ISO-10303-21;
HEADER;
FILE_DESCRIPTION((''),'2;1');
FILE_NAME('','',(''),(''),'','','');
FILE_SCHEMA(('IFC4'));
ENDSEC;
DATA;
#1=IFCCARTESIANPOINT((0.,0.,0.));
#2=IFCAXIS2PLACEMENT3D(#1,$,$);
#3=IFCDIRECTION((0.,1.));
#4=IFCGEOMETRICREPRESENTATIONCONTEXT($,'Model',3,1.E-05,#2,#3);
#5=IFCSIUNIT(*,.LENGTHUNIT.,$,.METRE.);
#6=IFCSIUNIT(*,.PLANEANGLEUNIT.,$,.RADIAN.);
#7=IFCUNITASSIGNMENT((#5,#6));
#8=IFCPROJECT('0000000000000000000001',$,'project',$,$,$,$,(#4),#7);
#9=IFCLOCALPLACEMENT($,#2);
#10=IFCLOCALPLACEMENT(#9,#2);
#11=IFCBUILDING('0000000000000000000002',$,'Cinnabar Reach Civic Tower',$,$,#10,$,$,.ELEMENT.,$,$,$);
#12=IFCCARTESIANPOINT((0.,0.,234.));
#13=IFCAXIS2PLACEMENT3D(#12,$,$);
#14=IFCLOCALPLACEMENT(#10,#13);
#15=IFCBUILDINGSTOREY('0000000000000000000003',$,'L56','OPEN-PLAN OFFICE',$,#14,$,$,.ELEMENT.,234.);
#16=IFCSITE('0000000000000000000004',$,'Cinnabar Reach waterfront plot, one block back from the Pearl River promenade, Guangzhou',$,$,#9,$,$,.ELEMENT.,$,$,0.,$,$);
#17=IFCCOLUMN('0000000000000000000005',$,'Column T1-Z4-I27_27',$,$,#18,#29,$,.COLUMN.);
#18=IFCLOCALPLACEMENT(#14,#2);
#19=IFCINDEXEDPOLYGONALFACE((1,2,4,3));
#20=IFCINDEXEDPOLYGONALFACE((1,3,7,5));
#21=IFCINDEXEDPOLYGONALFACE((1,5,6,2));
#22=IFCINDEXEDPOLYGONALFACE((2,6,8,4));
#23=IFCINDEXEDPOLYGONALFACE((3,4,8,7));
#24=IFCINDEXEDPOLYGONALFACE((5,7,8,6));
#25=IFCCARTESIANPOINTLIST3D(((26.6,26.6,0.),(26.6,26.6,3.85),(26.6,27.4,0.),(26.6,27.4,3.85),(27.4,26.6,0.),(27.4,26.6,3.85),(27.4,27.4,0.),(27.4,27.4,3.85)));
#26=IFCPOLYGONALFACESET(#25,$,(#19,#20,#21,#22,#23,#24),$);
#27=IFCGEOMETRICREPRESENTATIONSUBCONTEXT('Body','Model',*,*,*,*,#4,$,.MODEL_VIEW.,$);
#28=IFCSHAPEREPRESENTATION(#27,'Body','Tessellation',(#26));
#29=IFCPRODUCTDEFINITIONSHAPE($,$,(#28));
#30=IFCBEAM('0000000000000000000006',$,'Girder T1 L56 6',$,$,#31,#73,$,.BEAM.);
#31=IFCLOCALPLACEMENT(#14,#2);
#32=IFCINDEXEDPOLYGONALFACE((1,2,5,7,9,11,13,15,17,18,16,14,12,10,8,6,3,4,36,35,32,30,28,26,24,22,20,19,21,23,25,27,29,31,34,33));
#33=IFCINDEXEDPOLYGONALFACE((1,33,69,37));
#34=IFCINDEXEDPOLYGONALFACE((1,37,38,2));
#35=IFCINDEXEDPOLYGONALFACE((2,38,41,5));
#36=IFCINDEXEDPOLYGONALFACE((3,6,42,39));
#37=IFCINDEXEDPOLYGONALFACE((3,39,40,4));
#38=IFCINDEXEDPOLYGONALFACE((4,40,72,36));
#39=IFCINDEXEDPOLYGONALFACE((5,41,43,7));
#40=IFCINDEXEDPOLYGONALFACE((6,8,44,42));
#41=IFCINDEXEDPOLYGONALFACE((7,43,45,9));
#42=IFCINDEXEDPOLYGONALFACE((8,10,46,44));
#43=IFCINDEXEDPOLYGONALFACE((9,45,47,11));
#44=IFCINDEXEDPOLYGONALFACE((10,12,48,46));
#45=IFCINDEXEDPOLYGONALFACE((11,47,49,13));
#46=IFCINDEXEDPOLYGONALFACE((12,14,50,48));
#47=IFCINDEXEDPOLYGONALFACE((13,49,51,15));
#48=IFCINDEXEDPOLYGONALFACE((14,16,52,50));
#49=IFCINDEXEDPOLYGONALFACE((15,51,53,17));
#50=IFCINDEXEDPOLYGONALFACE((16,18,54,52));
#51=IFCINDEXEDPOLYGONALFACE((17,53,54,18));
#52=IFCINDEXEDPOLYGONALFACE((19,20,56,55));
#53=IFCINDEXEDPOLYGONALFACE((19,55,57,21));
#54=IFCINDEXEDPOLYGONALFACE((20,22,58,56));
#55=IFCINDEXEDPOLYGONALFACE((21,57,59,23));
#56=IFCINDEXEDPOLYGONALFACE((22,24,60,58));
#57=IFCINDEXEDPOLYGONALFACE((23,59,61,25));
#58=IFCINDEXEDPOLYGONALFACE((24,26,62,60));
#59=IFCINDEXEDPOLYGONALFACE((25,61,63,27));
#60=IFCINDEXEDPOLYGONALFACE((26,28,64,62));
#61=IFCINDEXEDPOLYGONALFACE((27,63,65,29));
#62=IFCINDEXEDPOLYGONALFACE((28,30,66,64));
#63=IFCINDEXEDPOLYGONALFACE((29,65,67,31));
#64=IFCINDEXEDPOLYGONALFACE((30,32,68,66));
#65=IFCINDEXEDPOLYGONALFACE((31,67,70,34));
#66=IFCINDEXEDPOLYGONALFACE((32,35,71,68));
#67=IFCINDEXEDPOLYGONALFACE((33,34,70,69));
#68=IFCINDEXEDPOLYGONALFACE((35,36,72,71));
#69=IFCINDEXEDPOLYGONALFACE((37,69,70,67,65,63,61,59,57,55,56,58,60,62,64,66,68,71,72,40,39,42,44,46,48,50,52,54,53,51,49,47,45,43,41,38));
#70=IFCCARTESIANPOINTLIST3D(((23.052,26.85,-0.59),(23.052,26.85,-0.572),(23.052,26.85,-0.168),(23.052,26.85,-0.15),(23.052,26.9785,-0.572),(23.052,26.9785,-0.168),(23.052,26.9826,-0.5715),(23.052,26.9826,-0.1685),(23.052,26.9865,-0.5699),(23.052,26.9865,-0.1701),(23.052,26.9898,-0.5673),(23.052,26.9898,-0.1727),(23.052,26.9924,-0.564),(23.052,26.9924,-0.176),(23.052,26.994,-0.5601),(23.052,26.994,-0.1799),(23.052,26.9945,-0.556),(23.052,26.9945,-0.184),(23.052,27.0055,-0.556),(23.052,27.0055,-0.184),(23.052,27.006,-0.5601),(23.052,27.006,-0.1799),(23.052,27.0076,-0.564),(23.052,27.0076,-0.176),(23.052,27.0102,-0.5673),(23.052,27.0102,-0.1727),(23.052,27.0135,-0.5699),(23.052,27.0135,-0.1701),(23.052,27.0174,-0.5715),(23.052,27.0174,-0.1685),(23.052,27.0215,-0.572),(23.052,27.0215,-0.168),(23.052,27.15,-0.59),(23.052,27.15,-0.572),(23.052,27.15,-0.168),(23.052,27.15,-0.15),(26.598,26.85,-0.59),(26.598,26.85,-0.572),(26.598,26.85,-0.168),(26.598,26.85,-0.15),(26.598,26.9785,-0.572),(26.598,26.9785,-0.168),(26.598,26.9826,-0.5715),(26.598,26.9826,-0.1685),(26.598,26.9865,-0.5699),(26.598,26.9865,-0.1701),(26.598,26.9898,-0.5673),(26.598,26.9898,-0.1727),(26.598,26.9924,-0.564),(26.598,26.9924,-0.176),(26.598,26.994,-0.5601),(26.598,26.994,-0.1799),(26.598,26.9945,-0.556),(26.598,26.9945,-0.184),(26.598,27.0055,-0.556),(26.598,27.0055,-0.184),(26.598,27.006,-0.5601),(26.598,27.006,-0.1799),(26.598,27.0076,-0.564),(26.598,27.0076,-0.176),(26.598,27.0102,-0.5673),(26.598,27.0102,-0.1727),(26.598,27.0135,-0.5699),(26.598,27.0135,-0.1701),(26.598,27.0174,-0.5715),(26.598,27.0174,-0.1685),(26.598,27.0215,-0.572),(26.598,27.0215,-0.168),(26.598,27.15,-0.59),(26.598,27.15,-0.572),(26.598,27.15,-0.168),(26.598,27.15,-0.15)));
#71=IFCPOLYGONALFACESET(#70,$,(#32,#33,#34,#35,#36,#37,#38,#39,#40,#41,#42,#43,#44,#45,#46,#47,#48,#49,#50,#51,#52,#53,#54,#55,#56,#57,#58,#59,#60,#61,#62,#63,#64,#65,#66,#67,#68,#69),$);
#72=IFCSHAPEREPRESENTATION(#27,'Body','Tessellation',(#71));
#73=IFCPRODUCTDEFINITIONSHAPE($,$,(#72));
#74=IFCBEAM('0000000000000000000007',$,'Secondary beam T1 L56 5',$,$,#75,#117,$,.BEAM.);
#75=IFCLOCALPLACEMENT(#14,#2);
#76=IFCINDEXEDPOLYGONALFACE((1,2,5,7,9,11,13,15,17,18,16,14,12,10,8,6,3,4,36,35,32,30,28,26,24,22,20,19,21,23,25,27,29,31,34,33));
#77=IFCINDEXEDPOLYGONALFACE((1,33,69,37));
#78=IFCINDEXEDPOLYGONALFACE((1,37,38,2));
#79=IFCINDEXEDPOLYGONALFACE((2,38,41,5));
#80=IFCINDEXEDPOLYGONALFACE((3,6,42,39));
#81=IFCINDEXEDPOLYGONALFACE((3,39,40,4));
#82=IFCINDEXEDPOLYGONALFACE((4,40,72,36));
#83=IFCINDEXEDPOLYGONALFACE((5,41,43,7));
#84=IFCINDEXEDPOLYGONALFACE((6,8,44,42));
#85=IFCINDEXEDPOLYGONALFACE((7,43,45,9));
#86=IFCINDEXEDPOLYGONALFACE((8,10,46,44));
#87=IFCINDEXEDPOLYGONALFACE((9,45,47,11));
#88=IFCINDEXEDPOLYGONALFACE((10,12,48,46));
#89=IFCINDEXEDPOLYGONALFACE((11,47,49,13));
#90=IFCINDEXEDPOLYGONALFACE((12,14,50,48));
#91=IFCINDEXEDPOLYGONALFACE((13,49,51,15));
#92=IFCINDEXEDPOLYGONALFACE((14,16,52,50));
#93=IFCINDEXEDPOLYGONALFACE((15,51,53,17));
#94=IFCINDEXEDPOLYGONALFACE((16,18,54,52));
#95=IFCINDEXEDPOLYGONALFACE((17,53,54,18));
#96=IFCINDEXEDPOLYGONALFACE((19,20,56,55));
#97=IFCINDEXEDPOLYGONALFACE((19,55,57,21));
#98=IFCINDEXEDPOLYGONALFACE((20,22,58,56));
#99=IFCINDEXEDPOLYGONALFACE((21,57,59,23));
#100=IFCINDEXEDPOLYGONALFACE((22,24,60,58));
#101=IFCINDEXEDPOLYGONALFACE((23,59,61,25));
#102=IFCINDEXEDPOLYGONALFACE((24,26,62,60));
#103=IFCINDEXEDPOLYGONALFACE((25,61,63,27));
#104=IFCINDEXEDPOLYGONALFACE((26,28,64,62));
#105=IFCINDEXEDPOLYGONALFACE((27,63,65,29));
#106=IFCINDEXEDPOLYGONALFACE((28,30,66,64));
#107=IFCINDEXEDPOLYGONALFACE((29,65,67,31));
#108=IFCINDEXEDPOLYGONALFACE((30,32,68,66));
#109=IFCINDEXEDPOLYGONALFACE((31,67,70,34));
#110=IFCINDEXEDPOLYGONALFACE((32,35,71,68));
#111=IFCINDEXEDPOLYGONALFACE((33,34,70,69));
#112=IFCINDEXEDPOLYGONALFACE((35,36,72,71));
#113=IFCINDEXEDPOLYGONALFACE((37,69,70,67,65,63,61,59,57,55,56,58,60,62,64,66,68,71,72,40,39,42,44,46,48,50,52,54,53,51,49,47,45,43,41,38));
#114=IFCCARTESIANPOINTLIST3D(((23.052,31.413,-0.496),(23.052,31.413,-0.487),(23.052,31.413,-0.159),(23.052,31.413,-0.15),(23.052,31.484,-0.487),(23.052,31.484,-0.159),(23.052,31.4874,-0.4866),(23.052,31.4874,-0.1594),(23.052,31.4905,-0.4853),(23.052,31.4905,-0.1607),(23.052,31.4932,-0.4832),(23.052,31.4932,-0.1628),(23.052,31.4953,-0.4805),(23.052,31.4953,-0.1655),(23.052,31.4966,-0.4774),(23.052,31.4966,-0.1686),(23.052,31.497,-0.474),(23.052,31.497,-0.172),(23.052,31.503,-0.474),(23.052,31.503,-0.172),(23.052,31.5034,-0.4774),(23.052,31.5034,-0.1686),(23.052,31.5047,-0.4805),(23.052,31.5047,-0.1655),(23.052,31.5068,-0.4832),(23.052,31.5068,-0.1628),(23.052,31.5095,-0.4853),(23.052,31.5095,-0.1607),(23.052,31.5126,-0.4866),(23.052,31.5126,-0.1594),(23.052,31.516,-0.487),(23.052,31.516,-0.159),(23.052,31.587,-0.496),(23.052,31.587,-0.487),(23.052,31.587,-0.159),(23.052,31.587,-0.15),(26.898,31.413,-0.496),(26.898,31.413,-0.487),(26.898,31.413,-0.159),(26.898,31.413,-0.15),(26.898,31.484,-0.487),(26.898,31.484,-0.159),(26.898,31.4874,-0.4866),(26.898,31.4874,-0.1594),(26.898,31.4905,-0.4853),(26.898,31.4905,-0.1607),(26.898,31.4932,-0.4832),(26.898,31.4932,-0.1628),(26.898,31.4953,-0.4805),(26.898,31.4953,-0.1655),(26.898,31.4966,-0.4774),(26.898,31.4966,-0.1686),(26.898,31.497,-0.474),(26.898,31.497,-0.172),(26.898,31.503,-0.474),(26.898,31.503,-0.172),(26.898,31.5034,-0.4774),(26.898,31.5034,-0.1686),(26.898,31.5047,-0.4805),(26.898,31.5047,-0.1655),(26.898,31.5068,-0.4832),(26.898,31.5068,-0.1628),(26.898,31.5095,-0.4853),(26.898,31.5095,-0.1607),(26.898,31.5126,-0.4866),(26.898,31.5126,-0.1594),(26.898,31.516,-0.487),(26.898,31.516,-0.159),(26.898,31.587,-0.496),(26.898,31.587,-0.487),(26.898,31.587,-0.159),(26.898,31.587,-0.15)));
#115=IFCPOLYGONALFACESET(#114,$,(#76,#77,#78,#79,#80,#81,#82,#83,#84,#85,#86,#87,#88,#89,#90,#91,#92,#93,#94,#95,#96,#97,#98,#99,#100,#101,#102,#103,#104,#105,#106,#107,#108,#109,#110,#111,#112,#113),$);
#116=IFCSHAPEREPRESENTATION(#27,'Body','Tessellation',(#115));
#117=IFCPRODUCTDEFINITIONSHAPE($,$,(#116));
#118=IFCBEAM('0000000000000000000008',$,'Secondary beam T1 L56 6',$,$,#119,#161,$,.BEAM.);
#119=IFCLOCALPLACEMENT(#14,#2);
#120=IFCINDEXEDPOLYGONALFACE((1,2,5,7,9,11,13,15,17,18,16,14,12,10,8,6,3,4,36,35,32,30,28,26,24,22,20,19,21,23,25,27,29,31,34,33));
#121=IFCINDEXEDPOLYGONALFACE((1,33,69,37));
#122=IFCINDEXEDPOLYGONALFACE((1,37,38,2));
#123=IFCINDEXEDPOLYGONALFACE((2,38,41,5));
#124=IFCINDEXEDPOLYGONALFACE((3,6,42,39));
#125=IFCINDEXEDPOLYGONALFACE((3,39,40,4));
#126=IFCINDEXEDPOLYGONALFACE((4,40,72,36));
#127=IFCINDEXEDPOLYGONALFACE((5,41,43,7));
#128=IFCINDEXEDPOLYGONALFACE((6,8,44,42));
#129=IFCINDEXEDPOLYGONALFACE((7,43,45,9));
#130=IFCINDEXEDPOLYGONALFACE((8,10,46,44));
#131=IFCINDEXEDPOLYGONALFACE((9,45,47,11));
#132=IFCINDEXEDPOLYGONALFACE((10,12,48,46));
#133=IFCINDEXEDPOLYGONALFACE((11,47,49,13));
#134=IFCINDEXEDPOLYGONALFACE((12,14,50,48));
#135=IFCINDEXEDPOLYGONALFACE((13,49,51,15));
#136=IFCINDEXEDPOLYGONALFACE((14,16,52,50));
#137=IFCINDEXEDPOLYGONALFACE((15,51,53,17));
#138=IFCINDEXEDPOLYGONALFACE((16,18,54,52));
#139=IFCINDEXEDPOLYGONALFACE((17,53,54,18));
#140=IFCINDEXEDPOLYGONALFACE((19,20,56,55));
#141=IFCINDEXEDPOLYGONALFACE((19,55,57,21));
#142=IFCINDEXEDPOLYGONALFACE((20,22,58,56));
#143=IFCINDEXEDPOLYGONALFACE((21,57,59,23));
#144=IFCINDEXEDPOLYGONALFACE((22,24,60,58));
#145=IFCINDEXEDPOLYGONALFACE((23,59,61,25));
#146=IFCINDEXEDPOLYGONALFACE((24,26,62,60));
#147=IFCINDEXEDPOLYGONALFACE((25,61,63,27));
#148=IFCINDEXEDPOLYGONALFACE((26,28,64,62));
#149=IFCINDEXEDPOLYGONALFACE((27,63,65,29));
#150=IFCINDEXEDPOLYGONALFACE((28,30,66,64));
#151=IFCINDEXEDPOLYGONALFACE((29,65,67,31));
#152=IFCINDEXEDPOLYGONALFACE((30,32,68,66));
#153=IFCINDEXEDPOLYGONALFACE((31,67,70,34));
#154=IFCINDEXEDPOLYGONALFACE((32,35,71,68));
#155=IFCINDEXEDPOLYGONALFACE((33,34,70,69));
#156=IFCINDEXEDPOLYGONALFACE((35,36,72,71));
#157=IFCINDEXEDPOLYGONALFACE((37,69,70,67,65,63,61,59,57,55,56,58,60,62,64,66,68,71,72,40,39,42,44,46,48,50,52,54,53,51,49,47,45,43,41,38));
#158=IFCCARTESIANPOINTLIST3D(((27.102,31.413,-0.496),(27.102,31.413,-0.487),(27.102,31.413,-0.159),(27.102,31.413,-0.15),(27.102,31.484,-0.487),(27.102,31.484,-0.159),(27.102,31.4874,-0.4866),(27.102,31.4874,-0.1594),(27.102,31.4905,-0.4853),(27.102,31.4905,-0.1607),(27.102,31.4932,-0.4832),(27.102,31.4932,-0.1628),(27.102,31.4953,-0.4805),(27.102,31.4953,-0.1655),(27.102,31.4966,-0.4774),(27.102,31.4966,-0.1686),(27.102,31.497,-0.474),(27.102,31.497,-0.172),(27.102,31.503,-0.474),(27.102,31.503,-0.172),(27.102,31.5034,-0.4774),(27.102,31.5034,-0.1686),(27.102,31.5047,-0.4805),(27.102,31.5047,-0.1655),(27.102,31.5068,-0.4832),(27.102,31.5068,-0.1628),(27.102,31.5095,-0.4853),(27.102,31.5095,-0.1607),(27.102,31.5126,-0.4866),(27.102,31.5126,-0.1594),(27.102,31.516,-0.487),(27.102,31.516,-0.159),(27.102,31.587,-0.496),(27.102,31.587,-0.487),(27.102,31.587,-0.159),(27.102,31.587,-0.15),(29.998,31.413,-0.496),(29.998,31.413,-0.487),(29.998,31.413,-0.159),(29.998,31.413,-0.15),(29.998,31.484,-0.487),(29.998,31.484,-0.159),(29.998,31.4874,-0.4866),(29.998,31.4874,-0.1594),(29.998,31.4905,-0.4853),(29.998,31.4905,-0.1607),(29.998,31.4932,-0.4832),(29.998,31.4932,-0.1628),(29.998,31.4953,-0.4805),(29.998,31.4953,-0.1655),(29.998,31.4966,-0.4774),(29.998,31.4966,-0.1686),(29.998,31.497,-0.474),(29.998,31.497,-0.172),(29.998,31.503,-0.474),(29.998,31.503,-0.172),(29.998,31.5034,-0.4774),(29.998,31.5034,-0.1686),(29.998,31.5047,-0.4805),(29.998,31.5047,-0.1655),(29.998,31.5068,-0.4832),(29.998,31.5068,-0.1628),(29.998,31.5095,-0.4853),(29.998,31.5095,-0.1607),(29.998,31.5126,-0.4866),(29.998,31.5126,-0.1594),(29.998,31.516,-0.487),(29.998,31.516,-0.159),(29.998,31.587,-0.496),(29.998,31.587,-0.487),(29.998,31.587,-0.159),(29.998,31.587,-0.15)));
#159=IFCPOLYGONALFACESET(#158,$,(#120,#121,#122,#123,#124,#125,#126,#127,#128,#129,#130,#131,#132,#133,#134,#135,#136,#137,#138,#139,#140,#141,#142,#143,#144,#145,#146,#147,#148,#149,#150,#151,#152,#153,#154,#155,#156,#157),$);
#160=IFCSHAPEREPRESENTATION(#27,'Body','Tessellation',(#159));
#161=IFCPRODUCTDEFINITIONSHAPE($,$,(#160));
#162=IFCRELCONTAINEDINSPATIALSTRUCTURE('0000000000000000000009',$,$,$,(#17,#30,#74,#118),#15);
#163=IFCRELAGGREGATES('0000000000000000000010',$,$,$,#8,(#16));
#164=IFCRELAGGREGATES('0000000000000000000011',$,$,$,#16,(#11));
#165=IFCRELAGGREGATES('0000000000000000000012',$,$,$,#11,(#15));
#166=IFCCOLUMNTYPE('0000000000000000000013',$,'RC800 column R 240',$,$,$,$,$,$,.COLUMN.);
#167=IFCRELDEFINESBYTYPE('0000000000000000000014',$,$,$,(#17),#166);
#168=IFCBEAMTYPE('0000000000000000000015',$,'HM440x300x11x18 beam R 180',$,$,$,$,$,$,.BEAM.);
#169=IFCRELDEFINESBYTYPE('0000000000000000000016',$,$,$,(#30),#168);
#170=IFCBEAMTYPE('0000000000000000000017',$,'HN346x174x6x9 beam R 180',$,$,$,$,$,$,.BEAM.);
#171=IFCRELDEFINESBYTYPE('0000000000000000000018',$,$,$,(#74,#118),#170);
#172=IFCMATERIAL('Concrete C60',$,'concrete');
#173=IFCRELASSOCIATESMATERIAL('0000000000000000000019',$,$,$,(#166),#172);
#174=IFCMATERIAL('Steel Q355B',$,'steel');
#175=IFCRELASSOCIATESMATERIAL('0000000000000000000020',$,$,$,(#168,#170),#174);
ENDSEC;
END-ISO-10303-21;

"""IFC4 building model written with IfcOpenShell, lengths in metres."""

from ifc_helpers import new_model, si_unit, direction, frame, origin, origin_2d, place, context, subcontext, project, spatial, rectangle, i_section, extrude, material, material_profile, profile_set, type_object, element, save


model = new_model("IFC4")

# Units and contexts
model_context = context("Model", 3, precision=1e-05, world=origin(), true_north=direction((0.0, 1.0)))
body_context = subcontext(model_context, "Body", "Model", "MODEL_VIEW")
ifc_project = project(units=[si_unit("LENGTHUNIT", "METRE"), si_unit("PLANEANGLEUNIT", "RADIAN")], contexts=[model_context])

# Site, building, storey
site_placement = place(None, origin())
site = spatial("IfcSite", under=ifc_project, at=site_placement, Name="Cinnabar Reach waterfront plot, one block back from the Pearl River promenade, Guangzhou", CompositionType="ELEMENT", RefElevation=0.0)
building_placement = place(site_placement, origin())
building = spatial("IfcBuilding", under=site, at=building_placement, Name="Cinnabar Reach Civic Tower", CompositionType="ELEMENT")
storey_placement = place(building_placement, frame((0.0, 0.0, 234.0)))
storey = spatial("IfcBuildingStorey", under=building, at=storey_placement, Name="L56", Description="OPEN-PLAN OFFICE", CompositionType="ELEMENT", Elevation=234.0)

# Column
ifc_material_1 = material(Name="Concrete C60", Category="concrete")
ifc_material_profile_1 = material_profile(ifc_material_1, rectangle(XDim=0.8, YDim=0.8, at=origin_2d()), Name="RC800")
ifc_profile_set_1 = profile_set([ifc_material_profile_1], Name="Concrete C60")
column_type = type_object("IfcColumnType", Name="RC800 column R 240", PredefinedType="COLUMN", material=ifc_profile_set_1)
column_placement = place(storey_placement, frame((27.0, 27.0, 0.0), z_axis=(0.0, 0.0, 1.0), x_axis=(1.0, 0.0, 0.0)))
element("IfcColumn", 1, at=column_placement, inside=storey, type_object=column_type, Name="Column T1-Z4-I27_27", PredefinedType="COLUMN", context=body_context, shape_type="SweptSolid", body=[
    extrude(rectangle(XDim=0.8, YDim=0.8, at=origin_2d()), origin(), (0.0, 0.0, 1.0), 3.85),
])

# Beams
ifc_material_2 = material(Name="Steel Q355B", Category="steel")
ifc_material_profile_2 = material_profile(ifc_material_2, i_section(OverallWidth=0.3, OverallDepth=0.44, WebThickness=0.011, FlangeThickness=0.018, FilletRadius=0.016, at=origin_2d()), Name="HM440x300x11x18")
ifc_profile_set_2 = profile_set([ifc_material_profile_2], Name="Steel Q355B")
beam_type_1 = type_object("IfcBeamType", Name="HM440x300x11x18 beam R 180", PredefinedType="BEAM", material=ifc_profile_set_2)
beam_1_placement = place(storey_placement, frame((23.052, 27.0, -0.37), z_axis=(1.0, 0.0, 0.0), x_axis=(0.0, 1.0, 0.0)))
element("IfcBeam", 2, at=beam_1_placement, inside=storey, type_object=beam_type_1, Name="Girder T1 L56 6", PredefinedType="BEAM", context=body_context, shape_type="SweptSolid", body=[
    extrude(i_section(OverallWidth=0.3, OverallDepth=0.44, WebThickness=0.011, FlangeThickness=0.018, FilletRadius=0.016, at=origin_2d()), origin(), (0.0, 0.0, 1.0), 3.546),
])
ifc_material_profile_3 = material_profile(ifc_material_2, i_section(OverallWidth=0.174, OverallDepth=0.346, WebThickness=0.006, FlangeThickness=0.009, FilletRadius=0.013, at=origin_2d()), Name="HN346x174x6x9")
ifc_profile_set_3 = profile_set([ifc_material_profile_3], Name="Steel Q355B")
beam_type_2 = type_object("IfcBeamType", Name="HN346x174x6x9 beam R 180", PredefinedType="BEAM", material=ifc_profile_set_3)
beam_2_placement = place(storey_placement, frame((23.052, 31.5, -0.323), z_axis=(1.0, 0.0, 0.0), x_axis=(0.0, 1.0, 0.0)))
element("IfcBeam", 3, at=beam_2_placement, inside=storey, type_object=beam_type_2, Name="Secondary beam T1 L56 5", PredefinedType="BEAM", context=body_context, shape_type="SweptSolid", body=[
    extrude(i_section(OverallWidth=0.174, OverallDepth=0.346, WebThickness=0.006, FlangeThickness=0.009, FilletRadius=0.013, at=origin_2d()), origin(), (0.0, 0.0, 1.0), 3.846),
])
beam_3_placement = place(storey_placement, frame((27.102, 31.5, -0.323), z_axis=(1.0, 0.0, 0.0), x_axis=(0.0, 1.0, 0.0)))
element("IfcBeam", 4, at=beam_3_placement, inside=storey, type_object=beam_type_2, Name="Secondary beam T1 L56 6", PredefinedType="BEAM", context=body_context, shape_type="SweptSolid", body=[
    extrude(i_section(OverallWidth=0.174, OverallDepth=0.346, WebThickness=0.006, FlangeThickness=0.009, FilletRadius=0.013, at=origin_2d()), origin(), (0.0, 0.0, 1.0), 2.896),
])

save(model, "model.ifc")
